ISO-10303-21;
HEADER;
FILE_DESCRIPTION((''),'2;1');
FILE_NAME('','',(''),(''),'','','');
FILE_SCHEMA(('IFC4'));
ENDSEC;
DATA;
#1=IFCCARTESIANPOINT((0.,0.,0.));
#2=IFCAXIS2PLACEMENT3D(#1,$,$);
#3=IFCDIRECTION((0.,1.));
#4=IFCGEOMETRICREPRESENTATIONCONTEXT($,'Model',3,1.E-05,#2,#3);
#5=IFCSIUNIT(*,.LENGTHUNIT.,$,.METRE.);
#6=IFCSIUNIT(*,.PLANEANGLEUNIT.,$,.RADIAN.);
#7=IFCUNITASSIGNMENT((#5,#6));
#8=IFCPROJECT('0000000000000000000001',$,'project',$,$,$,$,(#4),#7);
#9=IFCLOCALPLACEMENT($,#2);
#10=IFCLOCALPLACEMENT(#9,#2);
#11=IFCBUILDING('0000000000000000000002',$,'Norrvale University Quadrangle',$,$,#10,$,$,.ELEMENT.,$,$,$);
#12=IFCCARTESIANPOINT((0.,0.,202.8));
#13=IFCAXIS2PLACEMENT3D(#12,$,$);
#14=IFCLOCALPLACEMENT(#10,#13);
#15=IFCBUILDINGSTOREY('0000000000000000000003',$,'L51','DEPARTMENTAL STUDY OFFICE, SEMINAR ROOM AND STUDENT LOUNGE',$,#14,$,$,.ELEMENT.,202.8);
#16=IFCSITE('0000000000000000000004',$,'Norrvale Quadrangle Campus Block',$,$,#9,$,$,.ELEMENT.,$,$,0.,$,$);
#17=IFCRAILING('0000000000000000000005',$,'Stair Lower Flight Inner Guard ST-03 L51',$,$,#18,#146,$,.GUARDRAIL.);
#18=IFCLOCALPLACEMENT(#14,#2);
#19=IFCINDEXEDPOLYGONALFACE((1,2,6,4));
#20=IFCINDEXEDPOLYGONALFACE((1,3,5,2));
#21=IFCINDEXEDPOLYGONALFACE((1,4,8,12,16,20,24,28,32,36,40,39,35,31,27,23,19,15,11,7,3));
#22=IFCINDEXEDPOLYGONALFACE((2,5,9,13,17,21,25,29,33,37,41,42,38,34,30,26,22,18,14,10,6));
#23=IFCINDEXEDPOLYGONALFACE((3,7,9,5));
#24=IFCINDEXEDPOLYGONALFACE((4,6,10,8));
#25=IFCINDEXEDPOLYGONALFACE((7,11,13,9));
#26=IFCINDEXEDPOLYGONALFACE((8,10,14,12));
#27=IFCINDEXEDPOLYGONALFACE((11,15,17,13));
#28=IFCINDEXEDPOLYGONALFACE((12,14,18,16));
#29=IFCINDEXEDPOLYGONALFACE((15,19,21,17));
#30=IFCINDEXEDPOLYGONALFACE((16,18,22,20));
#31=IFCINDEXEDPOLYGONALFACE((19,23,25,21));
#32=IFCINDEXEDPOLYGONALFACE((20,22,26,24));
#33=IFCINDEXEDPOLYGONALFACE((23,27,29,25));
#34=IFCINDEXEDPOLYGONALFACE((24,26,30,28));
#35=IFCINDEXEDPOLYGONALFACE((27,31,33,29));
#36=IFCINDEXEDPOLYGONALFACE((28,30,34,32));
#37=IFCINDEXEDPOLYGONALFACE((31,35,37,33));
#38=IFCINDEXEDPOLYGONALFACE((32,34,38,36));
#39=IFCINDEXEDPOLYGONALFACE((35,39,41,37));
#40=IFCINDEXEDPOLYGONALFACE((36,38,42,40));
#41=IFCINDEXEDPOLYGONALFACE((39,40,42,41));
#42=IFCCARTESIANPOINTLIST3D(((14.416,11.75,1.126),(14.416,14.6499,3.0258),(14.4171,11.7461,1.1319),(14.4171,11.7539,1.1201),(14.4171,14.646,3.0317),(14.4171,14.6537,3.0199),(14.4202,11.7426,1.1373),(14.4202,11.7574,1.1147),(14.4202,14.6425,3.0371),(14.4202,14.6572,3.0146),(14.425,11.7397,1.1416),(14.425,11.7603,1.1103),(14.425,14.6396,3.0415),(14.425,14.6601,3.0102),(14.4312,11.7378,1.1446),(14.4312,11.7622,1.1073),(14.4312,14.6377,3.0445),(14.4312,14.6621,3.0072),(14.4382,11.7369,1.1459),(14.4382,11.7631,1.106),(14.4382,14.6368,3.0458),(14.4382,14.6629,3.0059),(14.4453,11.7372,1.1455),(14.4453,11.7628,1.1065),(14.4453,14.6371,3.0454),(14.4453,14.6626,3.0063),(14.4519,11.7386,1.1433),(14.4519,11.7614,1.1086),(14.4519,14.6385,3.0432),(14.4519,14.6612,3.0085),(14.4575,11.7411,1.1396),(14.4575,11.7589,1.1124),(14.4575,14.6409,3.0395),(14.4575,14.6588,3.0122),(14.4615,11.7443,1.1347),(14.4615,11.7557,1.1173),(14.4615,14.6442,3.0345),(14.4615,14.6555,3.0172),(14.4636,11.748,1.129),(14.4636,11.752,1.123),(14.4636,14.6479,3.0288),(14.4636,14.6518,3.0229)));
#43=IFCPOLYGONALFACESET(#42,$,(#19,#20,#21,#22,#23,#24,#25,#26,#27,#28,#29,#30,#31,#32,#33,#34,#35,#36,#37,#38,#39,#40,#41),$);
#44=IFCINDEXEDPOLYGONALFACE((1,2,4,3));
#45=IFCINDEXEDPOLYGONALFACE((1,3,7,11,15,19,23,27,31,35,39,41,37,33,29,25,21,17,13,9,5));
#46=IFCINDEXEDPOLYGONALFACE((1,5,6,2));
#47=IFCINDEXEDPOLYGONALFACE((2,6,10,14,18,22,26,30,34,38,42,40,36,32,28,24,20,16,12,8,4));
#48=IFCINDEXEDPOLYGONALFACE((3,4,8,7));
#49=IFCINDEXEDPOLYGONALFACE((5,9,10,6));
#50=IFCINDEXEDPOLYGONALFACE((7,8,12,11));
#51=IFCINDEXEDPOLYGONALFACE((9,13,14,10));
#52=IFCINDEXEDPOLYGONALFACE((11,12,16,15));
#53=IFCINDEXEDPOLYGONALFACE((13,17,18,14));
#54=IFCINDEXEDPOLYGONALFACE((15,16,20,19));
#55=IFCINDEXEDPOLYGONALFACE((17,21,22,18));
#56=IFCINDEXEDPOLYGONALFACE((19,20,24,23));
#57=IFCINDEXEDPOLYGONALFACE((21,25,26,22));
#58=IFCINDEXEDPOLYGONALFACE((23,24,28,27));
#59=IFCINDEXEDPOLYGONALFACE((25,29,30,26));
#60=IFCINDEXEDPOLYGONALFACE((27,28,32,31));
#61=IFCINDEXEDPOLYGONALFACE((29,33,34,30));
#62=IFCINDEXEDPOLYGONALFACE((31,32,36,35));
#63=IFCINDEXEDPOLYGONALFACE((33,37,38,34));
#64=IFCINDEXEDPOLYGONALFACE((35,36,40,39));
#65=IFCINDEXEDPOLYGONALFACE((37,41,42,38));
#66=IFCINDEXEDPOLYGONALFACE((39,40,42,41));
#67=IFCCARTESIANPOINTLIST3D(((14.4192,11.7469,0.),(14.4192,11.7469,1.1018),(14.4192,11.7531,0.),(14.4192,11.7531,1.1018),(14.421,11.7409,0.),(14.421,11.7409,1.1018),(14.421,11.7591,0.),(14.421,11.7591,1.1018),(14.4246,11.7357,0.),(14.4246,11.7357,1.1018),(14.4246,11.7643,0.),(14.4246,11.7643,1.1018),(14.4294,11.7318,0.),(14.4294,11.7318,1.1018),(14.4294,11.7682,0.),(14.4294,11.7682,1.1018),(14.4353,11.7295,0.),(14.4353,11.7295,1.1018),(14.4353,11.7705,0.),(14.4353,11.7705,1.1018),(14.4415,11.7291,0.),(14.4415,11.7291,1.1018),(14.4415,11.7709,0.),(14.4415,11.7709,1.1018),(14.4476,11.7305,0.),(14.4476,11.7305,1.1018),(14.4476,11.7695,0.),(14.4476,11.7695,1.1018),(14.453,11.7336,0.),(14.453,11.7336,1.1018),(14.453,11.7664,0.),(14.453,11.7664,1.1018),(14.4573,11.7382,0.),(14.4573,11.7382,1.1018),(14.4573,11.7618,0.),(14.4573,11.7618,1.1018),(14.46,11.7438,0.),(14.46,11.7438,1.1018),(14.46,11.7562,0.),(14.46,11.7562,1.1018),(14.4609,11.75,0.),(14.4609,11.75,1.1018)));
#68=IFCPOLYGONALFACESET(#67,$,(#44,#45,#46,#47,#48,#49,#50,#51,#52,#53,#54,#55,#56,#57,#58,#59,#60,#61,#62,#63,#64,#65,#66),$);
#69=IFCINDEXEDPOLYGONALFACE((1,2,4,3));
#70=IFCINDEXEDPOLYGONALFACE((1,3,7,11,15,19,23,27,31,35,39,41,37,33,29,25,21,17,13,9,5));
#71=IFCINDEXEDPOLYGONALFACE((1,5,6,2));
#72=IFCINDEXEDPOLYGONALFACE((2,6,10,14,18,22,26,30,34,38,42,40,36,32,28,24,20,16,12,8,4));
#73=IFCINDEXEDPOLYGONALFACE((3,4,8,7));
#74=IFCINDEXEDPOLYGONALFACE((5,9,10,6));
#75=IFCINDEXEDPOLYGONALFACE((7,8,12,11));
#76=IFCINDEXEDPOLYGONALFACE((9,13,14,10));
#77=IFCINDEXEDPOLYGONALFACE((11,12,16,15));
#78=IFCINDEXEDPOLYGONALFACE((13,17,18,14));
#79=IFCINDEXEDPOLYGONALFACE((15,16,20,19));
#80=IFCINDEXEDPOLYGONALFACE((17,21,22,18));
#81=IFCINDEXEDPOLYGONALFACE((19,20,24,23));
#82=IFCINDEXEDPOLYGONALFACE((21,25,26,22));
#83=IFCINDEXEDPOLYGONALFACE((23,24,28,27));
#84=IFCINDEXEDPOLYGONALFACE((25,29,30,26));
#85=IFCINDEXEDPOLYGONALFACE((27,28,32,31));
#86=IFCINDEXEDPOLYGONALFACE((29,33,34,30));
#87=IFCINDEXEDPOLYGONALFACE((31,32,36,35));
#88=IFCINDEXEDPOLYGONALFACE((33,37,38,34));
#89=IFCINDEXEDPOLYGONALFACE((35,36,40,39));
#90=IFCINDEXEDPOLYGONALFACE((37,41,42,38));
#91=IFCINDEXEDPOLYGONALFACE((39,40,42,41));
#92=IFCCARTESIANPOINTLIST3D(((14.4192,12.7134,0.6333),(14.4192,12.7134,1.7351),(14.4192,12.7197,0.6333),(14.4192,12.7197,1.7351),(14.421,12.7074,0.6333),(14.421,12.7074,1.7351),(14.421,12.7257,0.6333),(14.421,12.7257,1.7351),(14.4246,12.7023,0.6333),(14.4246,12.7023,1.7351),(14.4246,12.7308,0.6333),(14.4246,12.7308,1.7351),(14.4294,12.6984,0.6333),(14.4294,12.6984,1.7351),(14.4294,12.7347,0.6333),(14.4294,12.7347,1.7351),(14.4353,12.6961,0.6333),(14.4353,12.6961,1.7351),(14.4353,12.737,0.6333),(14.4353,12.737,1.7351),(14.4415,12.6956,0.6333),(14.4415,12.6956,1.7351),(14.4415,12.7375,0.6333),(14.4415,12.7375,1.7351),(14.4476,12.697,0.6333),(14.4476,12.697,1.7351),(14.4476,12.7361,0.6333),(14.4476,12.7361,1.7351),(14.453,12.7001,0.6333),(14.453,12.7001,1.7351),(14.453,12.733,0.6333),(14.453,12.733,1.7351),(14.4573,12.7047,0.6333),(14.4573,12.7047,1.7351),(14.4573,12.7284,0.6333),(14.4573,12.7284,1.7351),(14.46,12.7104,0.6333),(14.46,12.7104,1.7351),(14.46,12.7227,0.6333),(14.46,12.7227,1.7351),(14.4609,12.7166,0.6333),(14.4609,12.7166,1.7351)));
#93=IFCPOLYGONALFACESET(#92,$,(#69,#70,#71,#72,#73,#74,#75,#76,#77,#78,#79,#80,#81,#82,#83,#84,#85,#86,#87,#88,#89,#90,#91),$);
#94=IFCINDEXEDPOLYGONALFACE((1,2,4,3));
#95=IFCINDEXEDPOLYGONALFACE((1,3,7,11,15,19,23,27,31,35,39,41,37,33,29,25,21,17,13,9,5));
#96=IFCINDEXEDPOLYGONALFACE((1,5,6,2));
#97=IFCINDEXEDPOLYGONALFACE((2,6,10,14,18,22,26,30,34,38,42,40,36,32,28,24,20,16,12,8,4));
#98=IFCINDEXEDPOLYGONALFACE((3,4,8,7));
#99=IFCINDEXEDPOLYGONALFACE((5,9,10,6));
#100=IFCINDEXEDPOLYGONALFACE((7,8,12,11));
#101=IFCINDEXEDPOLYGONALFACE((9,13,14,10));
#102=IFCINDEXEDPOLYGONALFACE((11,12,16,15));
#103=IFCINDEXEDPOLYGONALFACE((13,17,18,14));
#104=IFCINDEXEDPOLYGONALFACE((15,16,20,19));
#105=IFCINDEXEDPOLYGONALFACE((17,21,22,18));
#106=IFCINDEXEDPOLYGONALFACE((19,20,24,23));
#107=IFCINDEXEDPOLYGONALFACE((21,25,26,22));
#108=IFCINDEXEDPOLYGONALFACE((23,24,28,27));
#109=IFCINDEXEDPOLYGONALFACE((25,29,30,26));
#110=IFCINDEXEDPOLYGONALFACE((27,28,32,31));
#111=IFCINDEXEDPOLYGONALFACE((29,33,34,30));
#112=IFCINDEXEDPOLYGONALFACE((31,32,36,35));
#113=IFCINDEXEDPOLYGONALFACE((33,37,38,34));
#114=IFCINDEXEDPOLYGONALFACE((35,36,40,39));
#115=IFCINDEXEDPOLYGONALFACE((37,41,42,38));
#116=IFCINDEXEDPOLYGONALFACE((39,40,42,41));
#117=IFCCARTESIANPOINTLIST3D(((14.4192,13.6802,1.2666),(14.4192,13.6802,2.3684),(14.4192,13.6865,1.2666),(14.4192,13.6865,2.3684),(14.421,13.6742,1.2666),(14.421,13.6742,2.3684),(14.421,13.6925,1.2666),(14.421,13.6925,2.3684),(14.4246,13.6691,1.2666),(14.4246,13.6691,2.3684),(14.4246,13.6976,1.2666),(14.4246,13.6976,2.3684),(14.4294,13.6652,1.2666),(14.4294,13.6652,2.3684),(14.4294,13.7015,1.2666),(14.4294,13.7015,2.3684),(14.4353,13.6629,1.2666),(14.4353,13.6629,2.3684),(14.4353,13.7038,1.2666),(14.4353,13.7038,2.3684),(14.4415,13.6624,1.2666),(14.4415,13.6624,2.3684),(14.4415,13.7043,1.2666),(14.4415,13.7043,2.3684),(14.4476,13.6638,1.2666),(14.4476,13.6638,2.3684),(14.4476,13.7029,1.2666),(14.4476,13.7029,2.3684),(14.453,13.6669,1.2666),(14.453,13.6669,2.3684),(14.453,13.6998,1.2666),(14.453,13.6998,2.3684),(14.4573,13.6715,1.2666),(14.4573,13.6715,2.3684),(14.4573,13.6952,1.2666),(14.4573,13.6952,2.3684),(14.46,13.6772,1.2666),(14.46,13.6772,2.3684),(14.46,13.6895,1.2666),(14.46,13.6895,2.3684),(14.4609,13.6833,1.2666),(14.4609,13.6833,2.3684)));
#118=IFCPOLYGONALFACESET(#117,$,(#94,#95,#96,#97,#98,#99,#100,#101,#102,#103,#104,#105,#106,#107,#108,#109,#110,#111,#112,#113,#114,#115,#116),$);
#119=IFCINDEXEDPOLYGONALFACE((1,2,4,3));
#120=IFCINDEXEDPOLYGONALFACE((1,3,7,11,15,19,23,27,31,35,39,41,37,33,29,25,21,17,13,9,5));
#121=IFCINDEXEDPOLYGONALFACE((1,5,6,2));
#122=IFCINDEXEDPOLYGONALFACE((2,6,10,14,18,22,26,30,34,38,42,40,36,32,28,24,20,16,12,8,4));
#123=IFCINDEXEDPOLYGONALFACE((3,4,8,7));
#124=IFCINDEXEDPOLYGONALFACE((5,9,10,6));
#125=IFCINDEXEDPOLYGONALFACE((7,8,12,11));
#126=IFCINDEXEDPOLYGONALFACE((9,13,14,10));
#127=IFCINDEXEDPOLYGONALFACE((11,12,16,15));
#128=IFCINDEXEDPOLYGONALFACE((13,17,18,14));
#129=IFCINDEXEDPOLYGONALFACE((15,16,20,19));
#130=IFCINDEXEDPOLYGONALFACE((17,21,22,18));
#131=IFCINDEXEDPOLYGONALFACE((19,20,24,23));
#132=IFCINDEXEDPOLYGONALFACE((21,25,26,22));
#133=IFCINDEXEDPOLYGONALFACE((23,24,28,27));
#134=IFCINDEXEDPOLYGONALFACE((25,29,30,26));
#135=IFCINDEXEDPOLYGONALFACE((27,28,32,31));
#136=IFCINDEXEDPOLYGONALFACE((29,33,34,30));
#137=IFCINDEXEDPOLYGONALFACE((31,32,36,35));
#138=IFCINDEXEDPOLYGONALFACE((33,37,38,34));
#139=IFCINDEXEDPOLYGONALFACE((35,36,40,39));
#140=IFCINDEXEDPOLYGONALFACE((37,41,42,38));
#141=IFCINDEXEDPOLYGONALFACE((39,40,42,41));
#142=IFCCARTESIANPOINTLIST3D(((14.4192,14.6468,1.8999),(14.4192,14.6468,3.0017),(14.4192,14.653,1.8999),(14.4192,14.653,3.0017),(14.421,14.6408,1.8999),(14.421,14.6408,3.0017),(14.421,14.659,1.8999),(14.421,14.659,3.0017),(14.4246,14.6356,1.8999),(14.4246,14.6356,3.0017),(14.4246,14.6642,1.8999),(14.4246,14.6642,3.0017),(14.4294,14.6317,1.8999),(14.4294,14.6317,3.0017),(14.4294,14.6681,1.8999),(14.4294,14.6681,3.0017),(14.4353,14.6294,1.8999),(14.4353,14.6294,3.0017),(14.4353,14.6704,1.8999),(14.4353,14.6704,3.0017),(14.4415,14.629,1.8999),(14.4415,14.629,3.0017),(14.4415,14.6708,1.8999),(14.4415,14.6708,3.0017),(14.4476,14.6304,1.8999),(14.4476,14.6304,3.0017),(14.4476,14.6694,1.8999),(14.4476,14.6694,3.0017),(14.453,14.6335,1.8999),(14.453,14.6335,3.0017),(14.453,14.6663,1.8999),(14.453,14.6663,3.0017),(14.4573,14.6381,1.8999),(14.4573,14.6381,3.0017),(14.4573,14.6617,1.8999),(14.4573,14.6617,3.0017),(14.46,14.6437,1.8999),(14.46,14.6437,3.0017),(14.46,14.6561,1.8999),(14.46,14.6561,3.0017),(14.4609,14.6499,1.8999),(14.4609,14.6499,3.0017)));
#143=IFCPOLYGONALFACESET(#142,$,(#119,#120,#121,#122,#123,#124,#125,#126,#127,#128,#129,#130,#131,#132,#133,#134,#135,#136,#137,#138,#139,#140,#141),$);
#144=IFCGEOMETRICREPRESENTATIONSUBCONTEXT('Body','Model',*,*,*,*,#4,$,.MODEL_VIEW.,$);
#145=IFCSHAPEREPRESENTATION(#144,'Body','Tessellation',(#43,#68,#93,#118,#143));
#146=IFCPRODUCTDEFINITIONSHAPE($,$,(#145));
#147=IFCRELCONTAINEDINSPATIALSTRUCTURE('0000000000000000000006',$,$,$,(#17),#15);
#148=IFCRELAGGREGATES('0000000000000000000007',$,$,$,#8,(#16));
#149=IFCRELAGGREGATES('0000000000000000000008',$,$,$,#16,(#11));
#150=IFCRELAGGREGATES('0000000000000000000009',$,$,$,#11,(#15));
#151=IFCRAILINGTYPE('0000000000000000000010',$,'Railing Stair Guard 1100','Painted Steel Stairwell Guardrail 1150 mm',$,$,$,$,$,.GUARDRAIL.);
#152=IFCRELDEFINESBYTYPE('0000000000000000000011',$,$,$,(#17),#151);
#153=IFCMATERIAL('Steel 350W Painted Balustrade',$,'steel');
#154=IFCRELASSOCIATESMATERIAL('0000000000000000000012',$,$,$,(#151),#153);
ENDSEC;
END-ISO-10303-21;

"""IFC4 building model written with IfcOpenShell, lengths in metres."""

from ifc_helpers import new_model, si_unit, direction, frame, origin, origin_2d, place, context, subcontext, project, spatial, circle, extrude, material, type_object, element, save


model = new_model("IFC4")

# Units and contexts
model_context = context("Model", 3, precision=1e-05, world=origin(), true_north=direction((0.0, 1.0)))
body_context = subcontext(model_context, "Body", "Model", "MODEL_VIEW")
ifc_project = project(units=[si_unit("LENGTHUNIT", "METRE"), si_unit("PLANEANGLEUNIT", "RADIAN")], contexts=[model_context])

# Site, building, storey
site_placement = place(None, origin())
site = spatial("IfcSite", under=ifc_project, at=site_placement, Name="Norrvale Quadrangle Campus Block", CompositionType="ELEMENT", RefElevation=0.0)
building_placement = place(site_placement, origin())
building = spatial("IfcBuilding", under=site, at=building_placement, Name="Norrvale University Quadrangle", CompositionType="ELEMENT")
storey_placement = place(building_placement, frame((0.0, 0.0, 202.8)))
storey = spatial("IfcBuildingStorey", under=building, at=storey_placement, Name="L51", Description="DEPARTMENTAL STUDY OFFICE, SEMINAR ROOM AND STUDENT LOUNGE", CompositionType="ELEMENT", Elevation=202.8)

# Railing
ifc_material_1 = material(Name="Steel 350W Painted Balustrade", Category="steel")
railing_type_1 = type_object("IfcRailingType", Name="Railing Stair Guard 1100", Description="Painted Steel Stairwell Guardrail 1150 mm", PredefinedType="GUARDRAIL", material=ifc_material_1)
railing_1_placement = place(storey_placement, frame((14.4399, 11.75, 0.0)))
element("IfcRailing", 1, at=railing_1_placement, inside=storey, type_object=railing_type_1, Name="Stair Lower Flight Inner Guard ST-03 L51", PredefinedType="GUARDRAIL", context=body_context, shape_type="SweptSolid", body=[
    extrude(circle(Radius=0.0239, at=origin_2d()), frame((0.0, 0.0, 1.126), z_axis=(0.0, 0.836466, 0.548019), x_axis=(-1.0, 0.0, 0.0)), (0.0, 0.0, 1.0), 3.4668),
    extrude(circle(Radius=0.021, at=origin_2d()), origin(), (0.0, 0.0, 1.0), 1.1018),
    extrude(circle(Radius=0.021, at=origin_2d()), frame((0.0, 0.9666, 0.6333)), (0.0, 0.0, 1.0), 1.1018),
    extrude(circle(Radius=0.021, at=origin_2d()), frame((0.0, 1.9333, 1.2666)), (0.0, 0.0, 1.0), 1.1018),
    extrude(circle(Radius=0.021, at=origin_2d()), frame((0.0, 2.8999, 1.8999)), (0.0, 0.0, 1.0), 1.1018),
])

save(model, "model.ifc")
